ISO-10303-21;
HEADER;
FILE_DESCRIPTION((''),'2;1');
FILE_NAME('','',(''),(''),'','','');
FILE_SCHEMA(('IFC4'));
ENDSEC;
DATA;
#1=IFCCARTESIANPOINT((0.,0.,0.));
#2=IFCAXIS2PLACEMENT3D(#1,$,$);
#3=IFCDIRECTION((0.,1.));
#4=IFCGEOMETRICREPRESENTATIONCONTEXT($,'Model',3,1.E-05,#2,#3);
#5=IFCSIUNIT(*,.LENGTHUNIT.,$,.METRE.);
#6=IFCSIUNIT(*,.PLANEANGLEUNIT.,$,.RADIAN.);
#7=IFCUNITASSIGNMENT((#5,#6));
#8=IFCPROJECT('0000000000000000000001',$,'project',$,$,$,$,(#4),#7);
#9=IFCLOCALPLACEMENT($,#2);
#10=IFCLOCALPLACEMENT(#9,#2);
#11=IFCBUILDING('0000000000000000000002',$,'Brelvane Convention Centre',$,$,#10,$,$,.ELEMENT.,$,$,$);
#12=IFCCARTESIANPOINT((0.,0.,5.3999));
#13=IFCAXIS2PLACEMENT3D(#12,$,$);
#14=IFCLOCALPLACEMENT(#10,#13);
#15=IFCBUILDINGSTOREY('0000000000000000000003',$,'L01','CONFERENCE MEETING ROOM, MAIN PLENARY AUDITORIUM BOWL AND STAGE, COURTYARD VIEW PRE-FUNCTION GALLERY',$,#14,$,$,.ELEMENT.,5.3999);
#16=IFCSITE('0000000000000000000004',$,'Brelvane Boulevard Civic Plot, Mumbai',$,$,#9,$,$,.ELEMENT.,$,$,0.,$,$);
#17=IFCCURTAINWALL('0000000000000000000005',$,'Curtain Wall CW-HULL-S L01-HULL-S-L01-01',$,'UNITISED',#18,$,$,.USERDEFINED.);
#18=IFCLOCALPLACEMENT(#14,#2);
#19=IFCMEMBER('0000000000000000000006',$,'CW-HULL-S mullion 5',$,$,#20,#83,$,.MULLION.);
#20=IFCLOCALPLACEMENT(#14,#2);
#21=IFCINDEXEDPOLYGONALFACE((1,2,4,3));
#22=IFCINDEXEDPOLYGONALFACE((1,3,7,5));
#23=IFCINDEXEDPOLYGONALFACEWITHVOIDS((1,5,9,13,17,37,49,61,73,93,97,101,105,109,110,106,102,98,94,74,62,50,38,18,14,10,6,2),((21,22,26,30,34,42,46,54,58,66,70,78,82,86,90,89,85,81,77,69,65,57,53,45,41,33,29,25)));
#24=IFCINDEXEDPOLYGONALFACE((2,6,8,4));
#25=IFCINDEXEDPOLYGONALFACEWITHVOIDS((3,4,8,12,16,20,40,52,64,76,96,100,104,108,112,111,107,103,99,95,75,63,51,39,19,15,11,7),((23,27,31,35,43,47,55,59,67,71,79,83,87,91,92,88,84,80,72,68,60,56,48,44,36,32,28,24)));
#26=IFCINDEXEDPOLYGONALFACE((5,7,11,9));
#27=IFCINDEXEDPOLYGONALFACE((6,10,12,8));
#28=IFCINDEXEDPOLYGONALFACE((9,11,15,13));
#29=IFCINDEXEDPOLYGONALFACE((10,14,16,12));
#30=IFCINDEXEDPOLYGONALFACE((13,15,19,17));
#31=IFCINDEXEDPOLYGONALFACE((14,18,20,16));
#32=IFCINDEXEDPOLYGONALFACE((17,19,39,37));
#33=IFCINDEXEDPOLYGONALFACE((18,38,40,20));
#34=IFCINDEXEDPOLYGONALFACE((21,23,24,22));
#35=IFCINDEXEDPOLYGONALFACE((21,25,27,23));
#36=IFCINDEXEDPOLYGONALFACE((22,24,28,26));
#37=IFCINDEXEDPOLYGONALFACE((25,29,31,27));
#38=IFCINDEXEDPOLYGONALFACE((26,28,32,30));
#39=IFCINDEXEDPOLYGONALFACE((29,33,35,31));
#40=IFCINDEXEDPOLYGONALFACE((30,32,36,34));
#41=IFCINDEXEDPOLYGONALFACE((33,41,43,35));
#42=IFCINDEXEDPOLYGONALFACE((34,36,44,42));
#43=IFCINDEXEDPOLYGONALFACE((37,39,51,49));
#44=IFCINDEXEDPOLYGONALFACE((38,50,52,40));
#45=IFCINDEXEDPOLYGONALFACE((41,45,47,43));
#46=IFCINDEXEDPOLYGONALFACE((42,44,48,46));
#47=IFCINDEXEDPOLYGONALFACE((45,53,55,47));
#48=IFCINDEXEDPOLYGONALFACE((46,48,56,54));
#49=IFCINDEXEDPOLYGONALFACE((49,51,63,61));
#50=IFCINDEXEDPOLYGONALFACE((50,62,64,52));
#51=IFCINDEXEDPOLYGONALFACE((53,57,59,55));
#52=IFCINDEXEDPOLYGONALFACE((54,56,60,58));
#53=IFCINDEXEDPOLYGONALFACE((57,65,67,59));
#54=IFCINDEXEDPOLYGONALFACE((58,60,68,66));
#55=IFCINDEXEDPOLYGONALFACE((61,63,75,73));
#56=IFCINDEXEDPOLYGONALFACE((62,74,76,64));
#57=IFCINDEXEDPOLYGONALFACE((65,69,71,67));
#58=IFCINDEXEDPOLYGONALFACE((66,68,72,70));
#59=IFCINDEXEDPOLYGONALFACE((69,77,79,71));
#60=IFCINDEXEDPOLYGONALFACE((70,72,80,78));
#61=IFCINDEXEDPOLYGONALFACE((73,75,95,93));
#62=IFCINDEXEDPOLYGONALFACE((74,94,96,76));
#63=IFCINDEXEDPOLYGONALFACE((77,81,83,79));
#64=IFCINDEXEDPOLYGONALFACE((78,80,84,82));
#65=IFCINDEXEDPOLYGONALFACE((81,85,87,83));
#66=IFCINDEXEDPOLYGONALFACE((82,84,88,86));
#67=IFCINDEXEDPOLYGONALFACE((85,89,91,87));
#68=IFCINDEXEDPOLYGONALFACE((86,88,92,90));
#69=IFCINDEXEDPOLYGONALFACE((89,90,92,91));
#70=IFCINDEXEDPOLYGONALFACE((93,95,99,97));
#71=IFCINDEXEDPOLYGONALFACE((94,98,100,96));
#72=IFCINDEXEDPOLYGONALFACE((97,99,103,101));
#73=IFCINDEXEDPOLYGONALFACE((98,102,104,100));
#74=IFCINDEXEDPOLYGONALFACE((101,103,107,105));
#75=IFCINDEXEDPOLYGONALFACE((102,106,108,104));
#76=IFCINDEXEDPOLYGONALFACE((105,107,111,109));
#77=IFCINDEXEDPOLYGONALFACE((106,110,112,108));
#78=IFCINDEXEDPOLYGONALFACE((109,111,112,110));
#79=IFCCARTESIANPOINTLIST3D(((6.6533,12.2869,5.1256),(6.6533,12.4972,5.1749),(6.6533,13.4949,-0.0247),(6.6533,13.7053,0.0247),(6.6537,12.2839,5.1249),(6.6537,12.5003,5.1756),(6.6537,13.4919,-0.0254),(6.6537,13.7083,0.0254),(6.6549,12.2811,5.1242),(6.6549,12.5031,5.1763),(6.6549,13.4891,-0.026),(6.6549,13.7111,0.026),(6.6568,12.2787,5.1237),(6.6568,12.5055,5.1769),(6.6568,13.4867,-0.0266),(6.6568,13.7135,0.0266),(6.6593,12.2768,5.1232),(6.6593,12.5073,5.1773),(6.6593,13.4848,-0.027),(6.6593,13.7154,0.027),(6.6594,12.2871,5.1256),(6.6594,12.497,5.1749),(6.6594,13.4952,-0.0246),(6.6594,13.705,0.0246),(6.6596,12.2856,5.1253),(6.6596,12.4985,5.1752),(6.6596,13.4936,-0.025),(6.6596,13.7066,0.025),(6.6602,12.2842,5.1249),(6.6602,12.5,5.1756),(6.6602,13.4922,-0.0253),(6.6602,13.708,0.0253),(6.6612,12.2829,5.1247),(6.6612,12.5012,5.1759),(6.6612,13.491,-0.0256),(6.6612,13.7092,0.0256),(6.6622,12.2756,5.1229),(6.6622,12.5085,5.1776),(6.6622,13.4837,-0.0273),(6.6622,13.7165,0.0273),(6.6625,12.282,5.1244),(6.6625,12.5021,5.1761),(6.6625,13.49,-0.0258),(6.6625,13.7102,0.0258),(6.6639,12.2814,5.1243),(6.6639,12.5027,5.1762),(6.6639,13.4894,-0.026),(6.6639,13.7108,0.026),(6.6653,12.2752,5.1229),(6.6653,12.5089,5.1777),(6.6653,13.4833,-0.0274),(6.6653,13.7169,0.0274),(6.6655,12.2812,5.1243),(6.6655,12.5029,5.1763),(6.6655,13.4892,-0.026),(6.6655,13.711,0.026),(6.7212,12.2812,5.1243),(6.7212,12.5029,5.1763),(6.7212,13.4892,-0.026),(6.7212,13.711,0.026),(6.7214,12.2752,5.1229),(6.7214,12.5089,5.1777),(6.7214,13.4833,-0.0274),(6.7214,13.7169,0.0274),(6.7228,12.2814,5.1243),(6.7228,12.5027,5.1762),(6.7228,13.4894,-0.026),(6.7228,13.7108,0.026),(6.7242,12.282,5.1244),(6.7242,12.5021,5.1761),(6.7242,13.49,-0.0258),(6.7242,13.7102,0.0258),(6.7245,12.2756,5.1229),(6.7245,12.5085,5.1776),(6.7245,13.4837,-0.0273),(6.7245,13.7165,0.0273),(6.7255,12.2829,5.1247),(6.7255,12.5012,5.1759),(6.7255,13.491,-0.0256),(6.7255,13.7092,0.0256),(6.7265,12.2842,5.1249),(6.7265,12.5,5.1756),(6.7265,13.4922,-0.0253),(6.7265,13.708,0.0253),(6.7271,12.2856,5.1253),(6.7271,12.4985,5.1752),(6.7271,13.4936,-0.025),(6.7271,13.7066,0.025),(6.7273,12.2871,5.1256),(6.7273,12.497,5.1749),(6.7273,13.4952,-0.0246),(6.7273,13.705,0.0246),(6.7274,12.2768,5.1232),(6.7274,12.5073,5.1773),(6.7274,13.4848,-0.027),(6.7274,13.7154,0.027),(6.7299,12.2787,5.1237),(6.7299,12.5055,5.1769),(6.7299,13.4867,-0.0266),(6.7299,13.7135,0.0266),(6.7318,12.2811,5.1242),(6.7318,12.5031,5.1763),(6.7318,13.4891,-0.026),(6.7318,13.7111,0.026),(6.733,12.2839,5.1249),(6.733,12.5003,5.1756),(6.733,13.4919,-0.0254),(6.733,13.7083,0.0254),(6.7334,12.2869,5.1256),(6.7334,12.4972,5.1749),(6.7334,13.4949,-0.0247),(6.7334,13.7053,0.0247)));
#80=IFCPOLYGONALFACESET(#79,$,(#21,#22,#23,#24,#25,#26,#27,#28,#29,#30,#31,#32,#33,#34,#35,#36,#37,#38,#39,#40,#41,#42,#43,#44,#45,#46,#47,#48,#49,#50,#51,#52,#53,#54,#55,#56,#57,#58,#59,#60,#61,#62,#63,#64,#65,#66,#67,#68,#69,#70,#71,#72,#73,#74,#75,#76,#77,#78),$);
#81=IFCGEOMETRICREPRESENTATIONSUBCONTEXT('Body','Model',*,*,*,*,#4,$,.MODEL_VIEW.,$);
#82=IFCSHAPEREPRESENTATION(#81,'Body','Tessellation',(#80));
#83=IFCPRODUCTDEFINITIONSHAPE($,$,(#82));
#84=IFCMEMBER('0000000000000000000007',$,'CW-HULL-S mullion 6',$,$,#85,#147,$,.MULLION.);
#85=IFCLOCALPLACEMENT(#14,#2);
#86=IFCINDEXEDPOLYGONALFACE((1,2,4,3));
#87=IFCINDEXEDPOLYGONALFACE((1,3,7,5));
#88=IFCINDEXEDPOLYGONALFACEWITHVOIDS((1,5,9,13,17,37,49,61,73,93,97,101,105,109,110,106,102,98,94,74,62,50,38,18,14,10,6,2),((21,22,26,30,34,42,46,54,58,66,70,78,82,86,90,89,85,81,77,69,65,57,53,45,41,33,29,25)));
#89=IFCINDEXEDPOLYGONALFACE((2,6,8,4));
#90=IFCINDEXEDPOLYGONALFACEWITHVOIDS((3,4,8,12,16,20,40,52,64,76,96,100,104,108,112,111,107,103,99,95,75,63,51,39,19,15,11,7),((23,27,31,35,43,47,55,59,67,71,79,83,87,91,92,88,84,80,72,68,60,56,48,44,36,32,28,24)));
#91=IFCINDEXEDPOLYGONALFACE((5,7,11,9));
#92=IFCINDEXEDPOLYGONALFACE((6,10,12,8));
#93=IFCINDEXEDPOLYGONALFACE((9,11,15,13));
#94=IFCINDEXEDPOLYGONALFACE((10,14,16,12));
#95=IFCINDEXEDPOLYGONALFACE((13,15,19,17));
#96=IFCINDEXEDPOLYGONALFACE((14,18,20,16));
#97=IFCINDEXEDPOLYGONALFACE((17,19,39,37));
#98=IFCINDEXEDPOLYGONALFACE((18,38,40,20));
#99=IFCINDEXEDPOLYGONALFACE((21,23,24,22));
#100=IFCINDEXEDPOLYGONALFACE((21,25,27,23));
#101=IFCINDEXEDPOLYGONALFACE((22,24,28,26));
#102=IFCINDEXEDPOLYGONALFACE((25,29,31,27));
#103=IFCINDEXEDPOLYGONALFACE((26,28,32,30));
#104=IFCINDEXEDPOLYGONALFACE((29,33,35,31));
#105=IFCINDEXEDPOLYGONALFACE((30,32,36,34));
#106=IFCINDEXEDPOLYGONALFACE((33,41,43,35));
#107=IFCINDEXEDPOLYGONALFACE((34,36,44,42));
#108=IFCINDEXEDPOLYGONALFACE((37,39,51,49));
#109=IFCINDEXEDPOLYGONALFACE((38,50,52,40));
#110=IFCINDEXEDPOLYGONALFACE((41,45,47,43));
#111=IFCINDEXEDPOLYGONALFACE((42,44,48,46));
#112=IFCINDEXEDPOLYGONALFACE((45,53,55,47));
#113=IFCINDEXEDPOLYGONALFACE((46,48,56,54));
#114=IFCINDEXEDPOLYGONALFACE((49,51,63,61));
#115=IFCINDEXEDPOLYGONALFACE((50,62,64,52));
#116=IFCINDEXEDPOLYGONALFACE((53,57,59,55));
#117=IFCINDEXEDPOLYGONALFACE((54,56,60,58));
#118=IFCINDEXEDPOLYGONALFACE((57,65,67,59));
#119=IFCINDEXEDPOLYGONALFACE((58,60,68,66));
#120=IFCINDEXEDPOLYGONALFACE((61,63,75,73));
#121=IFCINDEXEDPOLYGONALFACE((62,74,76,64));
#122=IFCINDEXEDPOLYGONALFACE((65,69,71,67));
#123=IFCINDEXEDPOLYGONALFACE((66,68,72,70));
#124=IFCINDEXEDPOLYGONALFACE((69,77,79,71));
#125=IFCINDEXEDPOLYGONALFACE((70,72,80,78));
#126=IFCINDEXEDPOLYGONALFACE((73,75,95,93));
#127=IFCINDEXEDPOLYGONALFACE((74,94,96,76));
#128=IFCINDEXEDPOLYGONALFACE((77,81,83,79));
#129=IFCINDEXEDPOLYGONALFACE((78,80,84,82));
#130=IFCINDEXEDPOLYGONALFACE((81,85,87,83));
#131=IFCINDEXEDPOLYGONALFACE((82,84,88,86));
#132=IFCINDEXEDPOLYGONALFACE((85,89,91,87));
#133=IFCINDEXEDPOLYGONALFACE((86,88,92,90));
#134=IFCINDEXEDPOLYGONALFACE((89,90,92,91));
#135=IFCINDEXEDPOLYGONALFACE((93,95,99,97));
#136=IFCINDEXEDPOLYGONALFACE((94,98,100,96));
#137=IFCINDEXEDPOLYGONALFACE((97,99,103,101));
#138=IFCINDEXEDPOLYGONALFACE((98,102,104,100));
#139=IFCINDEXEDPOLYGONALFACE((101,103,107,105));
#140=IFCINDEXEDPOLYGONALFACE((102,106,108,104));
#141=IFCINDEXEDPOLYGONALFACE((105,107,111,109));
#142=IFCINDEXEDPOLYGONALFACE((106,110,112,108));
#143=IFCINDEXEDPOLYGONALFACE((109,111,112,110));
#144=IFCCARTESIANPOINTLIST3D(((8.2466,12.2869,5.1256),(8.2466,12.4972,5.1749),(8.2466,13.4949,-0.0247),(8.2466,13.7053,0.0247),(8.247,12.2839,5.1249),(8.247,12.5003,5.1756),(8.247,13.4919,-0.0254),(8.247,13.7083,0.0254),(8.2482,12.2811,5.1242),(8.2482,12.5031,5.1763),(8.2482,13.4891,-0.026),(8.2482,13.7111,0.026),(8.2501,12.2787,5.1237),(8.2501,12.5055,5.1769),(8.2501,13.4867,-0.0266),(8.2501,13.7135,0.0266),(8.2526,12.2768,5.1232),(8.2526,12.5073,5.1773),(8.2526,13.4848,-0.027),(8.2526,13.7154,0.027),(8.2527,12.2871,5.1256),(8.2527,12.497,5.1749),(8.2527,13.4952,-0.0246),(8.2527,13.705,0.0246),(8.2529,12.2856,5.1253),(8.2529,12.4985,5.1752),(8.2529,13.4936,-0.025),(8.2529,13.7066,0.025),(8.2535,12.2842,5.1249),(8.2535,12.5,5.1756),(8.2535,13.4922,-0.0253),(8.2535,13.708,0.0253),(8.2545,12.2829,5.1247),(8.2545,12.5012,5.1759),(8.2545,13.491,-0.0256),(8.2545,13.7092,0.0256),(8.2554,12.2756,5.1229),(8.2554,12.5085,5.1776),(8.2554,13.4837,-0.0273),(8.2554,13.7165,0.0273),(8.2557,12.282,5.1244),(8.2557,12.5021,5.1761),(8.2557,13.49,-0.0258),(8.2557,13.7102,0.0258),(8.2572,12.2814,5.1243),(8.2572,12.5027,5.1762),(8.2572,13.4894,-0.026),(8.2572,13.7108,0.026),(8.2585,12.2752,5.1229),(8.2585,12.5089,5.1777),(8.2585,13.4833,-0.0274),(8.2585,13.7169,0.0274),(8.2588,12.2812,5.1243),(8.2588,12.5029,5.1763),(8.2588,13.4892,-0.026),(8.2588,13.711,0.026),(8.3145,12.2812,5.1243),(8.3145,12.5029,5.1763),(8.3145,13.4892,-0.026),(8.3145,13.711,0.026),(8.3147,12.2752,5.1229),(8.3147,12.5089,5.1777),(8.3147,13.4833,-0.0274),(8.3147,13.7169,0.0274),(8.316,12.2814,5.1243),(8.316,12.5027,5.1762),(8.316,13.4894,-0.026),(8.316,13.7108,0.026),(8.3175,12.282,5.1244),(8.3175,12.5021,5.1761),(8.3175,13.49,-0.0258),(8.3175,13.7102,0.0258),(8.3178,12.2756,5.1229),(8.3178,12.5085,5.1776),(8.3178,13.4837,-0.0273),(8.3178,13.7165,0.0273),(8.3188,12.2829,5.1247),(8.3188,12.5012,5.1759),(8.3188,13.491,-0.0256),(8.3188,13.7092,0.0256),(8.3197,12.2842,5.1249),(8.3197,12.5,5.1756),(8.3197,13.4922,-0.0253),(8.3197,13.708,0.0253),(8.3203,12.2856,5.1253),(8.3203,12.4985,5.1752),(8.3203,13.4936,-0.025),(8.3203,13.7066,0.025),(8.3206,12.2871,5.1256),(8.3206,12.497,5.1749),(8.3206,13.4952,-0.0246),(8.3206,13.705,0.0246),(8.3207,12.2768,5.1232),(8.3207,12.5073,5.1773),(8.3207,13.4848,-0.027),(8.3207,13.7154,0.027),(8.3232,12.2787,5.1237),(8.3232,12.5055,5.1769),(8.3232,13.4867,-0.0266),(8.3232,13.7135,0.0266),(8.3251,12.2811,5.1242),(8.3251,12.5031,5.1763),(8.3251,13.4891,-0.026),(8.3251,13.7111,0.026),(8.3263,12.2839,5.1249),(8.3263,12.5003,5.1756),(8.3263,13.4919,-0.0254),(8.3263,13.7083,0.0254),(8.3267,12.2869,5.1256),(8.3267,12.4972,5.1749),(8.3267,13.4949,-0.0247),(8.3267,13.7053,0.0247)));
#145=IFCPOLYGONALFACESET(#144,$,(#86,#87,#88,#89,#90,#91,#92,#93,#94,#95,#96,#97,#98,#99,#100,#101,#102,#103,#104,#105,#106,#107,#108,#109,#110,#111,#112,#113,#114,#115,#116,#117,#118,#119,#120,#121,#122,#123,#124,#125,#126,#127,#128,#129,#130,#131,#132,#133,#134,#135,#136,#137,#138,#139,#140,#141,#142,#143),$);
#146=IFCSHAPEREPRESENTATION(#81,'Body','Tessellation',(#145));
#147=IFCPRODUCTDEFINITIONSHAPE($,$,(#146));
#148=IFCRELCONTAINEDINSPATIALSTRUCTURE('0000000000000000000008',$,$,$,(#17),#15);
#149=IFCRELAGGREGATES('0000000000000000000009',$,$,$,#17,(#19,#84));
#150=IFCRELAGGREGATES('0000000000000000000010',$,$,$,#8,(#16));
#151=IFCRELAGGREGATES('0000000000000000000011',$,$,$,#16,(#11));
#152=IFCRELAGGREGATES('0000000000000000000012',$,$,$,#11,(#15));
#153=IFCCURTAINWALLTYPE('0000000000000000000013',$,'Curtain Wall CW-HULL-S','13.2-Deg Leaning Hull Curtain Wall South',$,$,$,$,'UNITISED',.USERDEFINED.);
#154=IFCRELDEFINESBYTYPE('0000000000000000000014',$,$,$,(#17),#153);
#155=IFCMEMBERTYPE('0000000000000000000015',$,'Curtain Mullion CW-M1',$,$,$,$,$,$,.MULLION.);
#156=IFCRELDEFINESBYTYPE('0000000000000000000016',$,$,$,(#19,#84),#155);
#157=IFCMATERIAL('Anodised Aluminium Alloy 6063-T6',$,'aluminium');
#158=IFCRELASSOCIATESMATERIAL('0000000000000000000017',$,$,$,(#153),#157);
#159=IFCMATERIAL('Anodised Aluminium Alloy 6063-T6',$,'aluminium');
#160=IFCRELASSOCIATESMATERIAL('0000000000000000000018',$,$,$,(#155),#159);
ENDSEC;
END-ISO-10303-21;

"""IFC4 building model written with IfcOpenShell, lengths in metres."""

from ifc_helpers import new_model, si_unit, direction, frame, origin, origin_2d, place, context, subcontext, project, spatial, hollow_rectangle, extrude, material, material_profile, profile_set, type_object, element, aggregate, save


model = new_model("IFC4")

# Units and contexts
model_context = context("Model", 3, precision=1e-05, world=origin(), true_north=direction((0.0, 1.0)))
body_context = subcontext(model_context, "Body", "Model", "MODEL_VIEW")
ifc_project = project(units=[si_unit("LENGTHUNIT", "METRE"), si_unit("PLANEANGLEUNIT", "RADIAN")], contexts=[model_context])

# Site, building, storey
site_placement = place(None, origin())
site = spatial("IfcSite", under=ifc_project, at=site_placement, Name="Brelvane Boulevard Civic Plot, Mumbai", CompositionType="ELEMENT", RefElevation=0.0)
building_placement = place(site_placement, origin())
building = spatial("IfcBuilding", under=site, at=building_placement, Name="Brelvane Convention Centre", CompositionType="ELEMENT")
storey_placement = place(building_placement, frame((0.0, 0.0, 5.3999)))
storey = spatial("IfcBuildingStorey", under=building, at=storey_placement, Name="L01", Description="CONFERENCE MEETING ROOM, MAIN PLENARY AUDITORIUM BOWL AND STAGE, COURTYARD VIEW PRE-FUNCTION GALLERY", CompositionType="ELEMENT", Elevation=5.3999)

# Curtain wall, members
ifc_material_1 = material(Name="Anodised Aluminium Alloy 6063-T6", Category="aluminium")
curtain_wall_type = type_object("IfcCurtainWallType", Name="Curtain Wall CW-HULL-S", Description="13.2-Deg Leaning Hull Curtain Wall South", ElementType="UNITISED", PredefinedType="USERDEFINED", material=ifc_material_1)
curtain_wall_1_placement = place(storey_placement, origin())
curtain_wall_1 = element("IfcCurtainWall", 1, at=curtain_wall_1_placement, inside=storey, type_object=curtain_wall_type, Name="Curtain Wall CW-HULL-S L01-HULL-S-L01-01", ObjectType="UNITISED", PredefinedType="USERDEFINED")
ifc_material_2 = material(Name="Anodised Aluminium Alloy 6063-T6", Category="aluminium")
ifc_material_profile_1 = material_profile(ifc_material_2, hollow_rectangle(XDim=0.0801, YDim=0.24, WallThickness=0.0061, InnerFilletRadius=0.0061, OuterFilletRadius=0.012, at=origin_2d()), Name="ALU-M 240x80x6.0")
ifc_profile_set_1 = profile_set([ifc_material_profile_1], Name="Anodised Aluminium Alloy 6063-T6")
member_type_1 = type_object("IfcMemberType", Name="Curtain Mullion CW-M1", PredefinedType="MULLION", material=ifc_profile_set_1)
member_1_placement = place(storey_placement, frame((6.6934, 13.6001, 0.0), z_axis=(0.0, -0.22836, 0.973577), x_axis=(1.0, 0.0, 0.0)))
member_1 = element("IfcMember", 2, at=member_1_placement, type_object=member_type_1, Name="CW-HULL-S mullion 5", PredefinedType="MULLION", context=body_context, shape_type="SweptSolid", body=[
    extrude(hollow_rectangle(XDim=0.0801, YDim=0.24, WallThickness=0.0061, InnerFilletRadius=0.0061, OuterFilletRadius=0.012, at=origin_2d()), origin(), (0.0, 0.0, 1.0), 5.29),
])
member_2_placement = place(storey_placement, frame((8.2866, 13.6001, 0.0), z_axis=(0.0, -0.22836, 0.973577), x_axis=(1.0, 0.0, 0.0)))
member_2 = element("IfcMember", 3, at=member_2_placement, type_object=member_type_1, Name="CW-HULL-S mullion 6", PredefinedType="MULLION", context=body_context, shape_type="SweptSolid", body=[
    extrude(hollow_rectangle(XDim=0.0801, YDim=0.24, WallThickness=0.0061, InnerFilletRadius=0.0061, OuterFilletRadius=0.012, at=origin_2d()), origin(), (0.0, 0.0, 1.0), 5.29),
])

aggregate(curtain_wall_1, [member_1, member_2])

save(model, "model.ifc")
